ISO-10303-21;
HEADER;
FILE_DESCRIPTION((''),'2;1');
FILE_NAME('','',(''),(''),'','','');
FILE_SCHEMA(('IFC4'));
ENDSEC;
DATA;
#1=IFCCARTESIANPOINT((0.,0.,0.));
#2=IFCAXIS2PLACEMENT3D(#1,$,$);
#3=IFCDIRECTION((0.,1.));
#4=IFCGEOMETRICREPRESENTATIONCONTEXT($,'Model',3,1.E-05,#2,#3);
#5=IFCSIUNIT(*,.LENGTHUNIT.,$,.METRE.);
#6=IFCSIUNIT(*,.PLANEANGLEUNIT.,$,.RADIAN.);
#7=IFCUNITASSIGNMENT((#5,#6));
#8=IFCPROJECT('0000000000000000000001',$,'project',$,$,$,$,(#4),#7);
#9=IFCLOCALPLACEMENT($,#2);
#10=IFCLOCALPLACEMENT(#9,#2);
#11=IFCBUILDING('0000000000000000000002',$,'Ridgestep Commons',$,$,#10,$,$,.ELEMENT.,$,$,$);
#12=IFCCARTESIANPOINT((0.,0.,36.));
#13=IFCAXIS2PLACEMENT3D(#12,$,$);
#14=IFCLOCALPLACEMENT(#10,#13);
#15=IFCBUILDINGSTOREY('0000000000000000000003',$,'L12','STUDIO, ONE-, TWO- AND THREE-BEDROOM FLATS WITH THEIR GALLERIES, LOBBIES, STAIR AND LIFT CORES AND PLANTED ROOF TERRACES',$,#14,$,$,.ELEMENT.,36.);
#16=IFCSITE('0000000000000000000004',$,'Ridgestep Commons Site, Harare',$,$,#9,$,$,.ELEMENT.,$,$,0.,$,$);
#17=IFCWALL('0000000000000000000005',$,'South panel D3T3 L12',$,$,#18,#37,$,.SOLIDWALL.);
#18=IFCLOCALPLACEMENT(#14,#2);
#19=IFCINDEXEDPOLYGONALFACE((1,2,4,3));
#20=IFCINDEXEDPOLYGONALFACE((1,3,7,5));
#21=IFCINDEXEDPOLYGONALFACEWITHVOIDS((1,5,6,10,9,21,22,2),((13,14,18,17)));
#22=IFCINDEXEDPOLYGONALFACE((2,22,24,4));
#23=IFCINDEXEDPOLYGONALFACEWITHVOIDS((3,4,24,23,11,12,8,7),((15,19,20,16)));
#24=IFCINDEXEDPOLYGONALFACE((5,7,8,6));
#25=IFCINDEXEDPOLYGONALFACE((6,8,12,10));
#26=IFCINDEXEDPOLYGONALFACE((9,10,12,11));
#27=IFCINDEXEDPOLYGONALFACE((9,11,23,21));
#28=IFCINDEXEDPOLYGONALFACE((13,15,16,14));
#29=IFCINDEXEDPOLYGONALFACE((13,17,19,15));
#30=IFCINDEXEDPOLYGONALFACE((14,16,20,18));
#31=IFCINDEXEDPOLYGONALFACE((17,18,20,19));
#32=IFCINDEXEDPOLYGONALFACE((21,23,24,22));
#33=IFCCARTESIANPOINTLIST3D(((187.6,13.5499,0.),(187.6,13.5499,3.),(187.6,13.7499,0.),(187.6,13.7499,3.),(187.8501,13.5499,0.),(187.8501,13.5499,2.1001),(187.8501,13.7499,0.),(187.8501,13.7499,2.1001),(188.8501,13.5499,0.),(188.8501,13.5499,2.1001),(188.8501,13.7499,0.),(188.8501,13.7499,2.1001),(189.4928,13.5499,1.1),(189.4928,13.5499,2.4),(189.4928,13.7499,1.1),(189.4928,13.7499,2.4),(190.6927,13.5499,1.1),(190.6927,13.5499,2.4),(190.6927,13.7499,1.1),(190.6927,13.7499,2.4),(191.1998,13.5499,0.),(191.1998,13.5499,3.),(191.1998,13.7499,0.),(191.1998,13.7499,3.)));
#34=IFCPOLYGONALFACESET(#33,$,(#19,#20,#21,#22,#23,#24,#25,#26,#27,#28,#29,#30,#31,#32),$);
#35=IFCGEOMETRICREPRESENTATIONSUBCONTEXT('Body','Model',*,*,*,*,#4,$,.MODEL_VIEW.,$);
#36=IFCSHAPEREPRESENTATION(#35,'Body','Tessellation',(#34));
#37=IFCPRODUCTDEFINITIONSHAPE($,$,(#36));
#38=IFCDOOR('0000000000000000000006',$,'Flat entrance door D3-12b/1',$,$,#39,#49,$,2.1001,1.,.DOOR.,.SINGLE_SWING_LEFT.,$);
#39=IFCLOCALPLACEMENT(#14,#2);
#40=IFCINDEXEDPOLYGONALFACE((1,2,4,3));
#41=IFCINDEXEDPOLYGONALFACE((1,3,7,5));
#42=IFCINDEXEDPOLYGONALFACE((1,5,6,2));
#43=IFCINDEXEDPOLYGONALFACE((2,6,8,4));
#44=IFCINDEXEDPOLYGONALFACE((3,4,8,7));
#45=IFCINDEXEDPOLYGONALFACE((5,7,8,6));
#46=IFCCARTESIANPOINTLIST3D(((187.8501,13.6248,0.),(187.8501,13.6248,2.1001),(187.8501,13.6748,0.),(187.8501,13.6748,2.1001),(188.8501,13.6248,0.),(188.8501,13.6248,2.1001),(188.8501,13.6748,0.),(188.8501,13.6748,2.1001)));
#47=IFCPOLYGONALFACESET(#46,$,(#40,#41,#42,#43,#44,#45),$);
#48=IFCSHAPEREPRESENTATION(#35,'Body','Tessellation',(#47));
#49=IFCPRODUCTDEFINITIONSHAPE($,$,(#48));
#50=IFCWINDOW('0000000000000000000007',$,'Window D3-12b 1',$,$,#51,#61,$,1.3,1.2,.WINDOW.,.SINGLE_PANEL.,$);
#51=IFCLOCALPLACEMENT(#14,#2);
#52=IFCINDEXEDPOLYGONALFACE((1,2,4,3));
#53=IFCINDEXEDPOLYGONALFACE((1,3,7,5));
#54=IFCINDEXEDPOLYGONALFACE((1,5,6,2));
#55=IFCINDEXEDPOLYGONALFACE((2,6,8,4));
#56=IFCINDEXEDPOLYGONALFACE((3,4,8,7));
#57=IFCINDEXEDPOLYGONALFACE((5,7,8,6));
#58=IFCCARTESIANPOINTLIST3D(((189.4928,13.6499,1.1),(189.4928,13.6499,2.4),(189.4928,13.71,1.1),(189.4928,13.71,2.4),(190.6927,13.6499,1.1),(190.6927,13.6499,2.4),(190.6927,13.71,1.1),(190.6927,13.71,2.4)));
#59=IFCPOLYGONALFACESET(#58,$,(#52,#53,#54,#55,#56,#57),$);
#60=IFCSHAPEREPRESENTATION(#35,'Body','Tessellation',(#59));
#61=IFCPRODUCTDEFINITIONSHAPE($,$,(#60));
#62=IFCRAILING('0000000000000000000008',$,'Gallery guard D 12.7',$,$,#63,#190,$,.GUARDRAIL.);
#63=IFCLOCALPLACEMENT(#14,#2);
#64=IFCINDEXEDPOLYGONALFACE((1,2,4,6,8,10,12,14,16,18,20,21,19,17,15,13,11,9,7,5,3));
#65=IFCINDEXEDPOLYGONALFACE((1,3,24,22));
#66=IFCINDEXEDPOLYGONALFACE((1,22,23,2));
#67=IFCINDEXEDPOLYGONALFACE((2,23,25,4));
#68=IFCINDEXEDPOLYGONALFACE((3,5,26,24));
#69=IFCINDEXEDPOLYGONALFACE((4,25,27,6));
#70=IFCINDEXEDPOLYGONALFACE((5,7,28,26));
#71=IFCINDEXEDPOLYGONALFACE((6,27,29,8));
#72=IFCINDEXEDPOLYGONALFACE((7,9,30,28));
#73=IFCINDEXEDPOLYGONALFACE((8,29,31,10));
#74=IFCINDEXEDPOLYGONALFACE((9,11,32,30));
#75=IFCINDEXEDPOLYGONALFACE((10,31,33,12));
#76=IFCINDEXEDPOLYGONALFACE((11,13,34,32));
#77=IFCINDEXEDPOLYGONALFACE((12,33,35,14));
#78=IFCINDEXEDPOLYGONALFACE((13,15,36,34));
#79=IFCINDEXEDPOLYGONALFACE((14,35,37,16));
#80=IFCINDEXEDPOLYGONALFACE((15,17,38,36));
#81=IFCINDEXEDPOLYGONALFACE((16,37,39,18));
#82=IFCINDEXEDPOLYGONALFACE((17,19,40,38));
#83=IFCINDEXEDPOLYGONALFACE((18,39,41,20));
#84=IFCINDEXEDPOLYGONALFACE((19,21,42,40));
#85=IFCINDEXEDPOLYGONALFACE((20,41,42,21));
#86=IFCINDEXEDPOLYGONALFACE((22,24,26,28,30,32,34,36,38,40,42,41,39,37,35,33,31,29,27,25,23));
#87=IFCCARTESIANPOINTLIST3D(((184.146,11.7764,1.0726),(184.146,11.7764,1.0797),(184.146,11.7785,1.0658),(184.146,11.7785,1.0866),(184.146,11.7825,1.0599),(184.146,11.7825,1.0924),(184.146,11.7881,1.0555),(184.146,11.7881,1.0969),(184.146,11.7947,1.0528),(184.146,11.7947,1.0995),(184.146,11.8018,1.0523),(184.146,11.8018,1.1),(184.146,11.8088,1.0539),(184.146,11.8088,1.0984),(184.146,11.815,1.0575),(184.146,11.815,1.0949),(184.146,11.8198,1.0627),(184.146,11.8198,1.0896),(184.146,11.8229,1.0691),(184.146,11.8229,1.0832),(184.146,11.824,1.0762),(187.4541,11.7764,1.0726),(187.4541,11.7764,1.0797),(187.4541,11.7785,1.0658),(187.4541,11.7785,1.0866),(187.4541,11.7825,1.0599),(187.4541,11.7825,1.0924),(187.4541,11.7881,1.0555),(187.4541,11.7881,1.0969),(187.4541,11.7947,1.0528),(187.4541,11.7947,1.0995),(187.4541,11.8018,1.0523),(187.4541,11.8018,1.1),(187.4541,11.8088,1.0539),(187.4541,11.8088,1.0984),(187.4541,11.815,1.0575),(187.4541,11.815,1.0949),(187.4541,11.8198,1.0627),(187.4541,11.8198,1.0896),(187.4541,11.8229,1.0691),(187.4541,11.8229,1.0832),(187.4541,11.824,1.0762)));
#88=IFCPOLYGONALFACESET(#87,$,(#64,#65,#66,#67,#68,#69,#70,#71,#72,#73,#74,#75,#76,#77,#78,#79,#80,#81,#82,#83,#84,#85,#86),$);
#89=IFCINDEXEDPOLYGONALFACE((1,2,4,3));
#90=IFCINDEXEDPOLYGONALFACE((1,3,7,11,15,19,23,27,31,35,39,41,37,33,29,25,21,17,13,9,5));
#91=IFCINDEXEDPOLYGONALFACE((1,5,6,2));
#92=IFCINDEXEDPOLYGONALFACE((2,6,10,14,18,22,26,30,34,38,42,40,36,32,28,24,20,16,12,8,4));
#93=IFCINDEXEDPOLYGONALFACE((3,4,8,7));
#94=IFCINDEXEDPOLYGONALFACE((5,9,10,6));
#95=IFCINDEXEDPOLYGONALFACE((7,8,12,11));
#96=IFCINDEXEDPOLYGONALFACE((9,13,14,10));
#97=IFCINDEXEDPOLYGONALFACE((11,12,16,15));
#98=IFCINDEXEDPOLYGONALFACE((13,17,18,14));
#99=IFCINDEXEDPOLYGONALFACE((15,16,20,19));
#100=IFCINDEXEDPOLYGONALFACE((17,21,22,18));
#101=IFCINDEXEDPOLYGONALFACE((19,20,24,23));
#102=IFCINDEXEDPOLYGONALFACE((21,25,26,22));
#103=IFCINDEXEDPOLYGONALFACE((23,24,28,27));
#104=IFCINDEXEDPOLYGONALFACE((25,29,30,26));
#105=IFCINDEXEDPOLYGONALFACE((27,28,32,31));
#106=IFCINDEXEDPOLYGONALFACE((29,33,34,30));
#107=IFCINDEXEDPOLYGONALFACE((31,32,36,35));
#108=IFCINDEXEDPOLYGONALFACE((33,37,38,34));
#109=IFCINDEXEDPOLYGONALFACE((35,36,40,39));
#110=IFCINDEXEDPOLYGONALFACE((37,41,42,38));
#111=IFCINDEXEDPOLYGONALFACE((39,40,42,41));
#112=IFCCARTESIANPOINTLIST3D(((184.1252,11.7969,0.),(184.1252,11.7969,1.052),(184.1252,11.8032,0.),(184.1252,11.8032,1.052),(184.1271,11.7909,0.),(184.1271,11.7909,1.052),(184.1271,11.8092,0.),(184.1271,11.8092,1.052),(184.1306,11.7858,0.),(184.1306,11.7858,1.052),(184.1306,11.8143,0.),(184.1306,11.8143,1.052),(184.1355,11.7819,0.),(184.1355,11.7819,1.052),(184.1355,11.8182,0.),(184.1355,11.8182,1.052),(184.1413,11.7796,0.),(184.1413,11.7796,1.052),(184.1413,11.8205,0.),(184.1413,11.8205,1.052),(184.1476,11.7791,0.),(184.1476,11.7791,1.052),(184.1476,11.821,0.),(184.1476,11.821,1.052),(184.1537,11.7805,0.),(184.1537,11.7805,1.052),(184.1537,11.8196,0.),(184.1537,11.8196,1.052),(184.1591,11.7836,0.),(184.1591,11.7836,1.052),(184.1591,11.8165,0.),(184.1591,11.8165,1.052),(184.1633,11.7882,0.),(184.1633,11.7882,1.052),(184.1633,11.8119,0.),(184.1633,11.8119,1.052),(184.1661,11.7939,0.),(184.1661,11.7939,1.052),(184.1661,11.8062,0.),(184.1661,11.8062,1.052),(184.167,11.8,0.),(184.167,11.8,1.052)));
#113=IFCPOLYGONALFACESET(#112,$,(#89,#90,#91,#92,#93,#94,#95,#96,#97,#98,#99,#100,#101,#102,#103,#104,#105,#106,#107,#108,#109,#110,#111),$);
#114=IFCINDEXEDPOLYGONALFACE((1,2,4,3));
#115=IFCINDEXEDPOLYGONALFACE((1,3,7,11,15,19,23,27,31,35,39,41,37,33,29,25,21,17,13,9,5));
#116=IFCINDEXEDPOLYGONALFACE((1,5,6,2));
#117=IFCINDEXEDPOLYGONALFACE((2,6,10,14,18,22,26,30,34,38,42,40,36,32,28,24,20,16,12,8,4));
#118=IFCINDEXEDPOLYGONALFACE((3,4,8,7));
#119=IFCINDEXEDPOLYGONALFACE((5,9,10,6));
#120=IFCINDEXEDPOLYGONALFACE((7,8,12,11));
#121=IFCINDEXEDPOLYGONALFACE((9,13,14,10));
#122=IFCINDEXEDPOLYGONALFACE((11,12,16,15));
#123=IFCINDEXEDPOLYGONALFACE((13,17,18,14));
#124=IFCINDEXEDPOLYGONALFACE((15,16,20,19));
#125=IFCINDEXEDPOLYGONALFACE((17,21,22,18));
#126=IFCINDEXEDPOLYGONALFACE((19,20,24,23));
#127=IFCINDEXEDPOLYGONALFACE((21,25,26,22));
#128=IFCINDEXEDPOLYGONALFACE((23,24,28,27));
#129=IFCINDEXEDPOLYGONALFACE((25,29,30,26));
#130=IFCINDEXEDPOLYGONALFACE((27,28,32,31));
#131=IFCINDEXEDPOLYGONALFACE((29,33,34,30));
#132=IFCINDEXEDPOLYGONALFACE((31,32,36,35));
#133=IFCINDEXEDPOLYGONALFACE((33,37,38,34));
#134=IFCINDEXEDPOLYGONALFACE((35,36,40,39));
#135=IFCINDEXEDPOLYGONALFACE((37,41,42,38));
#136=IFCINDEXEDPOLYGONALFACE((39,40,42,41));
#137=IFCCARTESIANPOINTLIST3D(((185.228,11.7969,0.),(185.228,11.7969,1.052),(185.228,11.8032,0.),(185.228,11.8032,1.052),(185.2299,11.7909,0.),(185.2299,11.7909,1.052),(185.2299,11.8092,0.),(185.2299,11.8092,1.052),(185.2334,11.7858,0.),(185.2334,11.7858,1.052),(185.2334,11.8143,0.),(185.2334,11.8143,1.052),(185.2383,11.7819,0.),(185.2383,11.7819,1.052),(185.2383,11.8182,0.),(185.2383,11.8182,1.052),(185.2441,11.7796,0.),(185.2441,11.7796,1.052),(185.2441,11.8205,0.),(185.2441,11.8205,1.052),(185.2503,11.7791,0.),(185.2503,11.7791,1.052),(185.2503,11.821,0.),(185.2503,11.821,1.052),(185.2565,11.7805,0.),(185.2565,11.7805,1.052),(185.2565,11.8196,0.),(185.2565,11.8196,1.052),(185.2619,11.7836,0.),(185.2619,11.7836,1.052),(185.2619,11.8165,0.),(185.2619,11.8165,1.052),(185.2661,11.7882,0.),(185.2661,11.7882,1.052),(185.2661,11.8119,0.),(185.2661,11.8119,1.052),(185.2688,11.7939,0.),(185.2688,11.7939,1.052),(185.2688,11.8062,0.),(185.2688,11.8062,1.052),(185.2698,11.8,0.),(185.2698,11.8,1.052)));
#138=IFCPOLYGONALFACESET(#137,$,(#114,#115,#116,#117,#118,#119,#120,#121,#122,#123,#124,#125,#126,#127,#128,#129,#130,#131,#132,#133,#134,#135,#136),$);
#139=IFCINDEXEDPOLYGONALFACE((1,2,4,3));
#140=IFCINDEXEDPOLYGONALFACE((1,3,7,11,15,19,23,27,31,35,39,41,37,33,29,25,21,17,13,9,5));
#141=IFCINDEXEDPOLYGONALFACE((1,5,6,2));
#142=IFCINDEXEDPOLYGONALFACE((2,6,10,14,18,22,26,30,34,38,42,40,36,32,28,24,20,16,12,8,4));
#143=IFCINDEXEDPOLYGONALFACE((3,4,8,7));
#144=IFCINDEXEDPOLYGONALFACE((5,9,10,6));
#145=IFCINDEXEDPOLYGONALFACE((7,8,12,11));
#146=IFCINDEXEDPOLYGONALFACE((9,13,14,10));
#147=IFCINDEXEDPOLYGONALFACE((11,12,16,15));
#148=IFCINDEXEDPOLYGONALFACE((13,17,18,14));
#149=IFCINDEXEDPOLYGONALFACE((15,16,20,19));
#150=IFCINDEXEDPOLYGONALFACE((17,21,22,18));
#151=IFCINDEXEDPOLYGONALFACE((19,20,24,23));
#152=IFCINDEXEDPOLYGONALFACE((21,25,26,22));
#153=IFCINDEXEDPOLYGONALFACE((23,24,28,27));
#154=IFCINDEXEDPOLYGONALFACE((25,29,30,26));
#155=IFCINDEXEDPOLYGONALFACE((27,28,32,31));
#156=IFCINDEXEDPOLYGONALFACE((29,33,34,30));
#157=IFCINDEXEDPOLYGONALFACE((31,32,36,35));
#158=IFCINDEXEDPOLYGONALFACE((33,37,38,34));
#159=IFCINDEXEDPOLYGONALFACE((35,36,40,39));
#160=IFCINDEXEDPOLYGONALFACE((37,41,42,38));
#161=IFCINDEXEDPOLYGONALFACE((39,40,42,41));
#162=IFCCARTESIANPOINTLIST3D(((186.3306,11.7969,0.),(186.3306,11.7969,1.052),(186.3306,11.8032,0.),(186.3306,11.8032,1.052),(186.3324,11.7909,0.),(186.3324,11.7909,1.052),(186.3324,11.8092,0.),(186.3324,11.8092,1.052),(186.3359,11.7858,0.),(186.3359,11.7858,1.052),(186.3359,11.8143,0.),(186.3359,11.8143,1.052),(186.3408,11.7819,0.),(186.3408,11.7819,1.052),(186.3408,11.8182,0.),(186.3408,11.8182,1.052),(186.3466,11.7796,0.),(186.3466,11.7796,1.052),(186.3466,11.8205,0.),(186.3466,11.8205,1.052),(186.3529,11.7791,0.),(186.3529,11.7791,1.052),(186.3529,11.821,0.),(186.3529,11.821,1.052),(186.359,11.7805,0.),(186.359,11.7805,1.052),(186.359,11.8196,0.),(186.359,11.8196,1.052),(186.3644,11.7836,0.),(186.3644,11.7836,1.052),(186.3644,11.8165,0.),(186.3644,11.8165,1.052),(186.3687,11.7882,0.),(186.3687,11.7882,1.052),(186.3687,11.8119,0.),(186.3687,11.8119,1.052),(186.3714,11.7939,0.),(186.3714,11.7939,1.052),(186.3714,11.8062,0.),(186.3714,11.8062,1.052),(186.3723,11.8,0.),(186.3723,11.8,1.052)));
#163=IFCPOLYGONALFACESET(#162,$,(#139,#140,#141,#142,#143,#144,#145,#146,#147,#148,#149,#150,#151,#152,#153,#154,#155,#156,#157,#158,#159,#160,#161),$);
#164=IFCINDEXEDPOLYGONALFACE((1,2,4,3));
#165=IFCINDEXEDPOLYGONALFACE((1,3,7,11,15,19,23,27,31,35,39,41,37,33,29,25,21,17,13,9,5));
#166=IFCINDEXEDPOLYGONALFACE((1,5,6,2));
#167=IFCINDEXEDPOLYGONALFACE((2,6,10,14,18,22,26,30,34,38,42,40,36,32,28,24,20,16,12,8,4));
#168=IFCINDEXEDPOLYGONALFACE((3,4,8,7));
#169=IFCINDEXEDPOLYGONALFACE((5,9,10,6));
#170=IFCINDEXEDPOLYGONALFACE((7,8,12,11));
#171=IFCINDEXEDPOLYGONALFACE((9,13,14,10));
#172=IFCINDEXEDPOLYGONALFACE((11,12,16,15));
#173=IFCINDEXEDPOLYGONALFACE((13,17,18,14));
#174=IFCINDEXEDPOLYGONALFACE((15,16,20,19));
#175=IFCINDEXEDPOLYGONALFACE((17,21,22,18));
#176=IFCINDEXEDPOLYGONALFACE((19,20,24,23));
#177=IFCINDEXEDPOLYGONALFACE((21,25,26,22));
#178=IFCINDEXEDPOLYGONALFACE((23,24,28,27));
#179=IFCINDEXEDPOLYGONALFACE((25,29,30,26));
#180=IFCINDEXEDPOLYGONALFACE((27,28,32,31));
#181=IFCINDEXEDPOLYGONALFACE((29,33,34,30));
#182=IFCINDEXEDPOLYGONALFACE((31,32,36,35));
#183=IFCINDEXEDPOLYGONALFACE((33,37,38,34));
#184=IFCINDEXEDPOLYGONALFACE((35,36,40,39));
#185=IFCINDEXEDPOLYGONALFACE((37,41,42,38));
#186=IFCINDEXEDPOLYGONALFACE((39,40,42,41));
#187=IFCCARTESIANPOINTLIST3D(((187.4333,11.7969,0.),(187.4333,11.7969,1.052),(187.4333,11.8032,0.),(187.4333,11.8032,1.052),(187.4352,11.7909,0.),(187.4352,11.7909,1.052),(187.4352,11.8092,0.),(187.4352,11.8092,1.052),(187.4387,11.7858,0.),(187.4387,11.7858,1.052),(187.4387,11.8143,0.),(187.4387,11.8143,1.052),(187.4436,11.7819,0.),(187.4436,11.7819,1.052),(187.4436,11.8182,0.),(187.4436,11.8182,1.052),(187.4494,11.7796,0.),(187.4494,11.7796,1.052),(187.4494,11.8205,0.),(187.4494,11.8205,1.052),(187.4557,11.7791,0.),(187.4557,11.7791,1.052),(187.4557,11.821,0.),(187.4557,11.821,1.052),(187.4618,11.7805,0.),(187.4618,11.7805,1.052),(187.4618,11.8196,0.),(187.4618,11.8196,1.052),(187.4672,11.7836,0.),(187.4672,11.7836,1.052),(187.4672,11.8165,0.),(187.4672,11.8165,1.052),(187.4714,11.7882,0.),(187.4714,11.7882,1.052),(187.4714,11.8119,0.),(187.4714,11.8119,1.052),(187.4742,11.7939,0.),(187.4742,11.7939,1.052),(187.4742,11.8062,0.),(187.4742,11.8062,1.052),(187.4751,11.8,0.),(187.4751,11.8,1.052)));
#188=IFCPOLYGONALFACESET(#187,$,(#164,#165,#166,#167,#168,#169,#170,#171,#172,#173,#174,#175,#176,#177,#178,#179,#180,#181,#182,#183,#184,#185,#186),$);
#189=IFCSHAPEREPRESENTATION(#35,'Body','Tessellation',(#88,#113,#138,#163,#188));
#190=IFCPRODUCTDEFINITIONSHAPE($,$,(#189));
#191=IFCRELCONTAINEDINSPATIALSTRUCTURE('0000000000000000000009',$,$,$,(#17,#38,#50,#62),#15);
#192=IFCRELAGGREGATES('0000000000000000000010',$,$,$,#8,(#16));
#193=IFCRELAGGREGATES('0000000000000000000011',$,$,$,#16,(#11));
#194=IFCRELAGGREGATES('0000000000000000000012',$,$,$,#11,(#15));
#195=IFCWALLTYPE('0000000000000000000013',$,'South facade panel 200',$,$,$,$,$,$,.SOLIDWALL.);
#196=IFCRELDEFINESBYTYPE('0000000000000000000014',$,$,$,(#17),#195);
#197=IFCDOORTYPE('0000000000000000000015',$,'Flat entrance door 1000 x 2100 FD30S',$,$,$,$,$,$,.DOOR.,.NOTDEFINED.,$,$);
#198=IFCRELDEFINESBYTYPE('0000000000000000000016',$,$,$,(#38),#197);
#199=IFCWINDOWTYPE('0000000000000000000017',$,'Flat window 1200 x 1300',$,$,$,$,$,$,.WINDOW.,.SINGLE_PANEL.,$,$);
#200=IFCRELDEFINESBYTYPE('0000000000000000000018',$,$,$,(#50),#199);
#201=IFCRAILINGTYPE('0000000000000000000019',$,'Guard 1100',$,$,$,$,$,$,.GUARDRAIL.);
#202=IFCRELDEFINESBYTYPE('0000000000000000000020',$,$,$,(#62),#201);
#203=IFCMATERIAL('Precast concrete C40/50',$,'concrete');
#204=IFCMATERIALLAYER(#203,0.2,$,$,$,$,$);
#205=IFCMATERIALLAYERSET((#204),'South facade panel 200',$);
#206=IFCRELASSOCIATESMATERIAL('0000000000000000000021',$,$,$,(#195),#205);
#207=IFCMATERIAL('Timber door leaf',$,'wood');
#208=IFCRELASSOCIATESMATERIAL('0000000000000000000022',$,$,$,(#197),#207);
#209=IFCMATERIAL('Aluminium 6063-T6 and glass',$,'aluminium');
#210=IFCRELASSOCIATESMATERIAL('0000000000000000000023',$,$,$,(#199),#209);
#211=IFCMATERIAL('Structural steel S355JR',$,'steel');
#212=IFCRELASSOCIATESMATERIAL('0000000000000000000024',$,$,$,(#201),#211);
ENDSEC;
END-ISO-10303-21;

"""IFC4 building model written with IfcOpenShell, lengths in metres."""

from ifc_helpers import new_model, si_unit, direction, frame, frame_2d, origin, origin_2d, place, context, subcontext, project, spatial, rectangle, circle, extrude, material, layer, layer_set, type_object, element, fill, save


model = new_model("IFC4")

# Units and contexts
model_context = context("Model", 3, precision=1e-05, world=origin(), true_north=direction((0.0, 1.0)))
body_context = subcontext(model_context, "Body", "Model", "MODEL_VIEW")
ifc_project = project(units=[si_unit("LENGTHUNIT", "METRE"), si_unit("PLANEANGLEUNIT", "RADIAN")], contexts=[model_context])

# Site, building, storey
site_placement = place(None, origin())
site = spatial("IfcSite", under=ifc_project, at=site_placement, Name="Ridgestep Commons Site, Harare", CompositionType="ELEMENT", RefElevation=0.0)
building_placement = place(site_placement, origin())
building = spatial("IfcBuilding", under=site, at=building_placement, Name="Ridgestep Commons", CompositionType="ELEMENT")
storey_placement = place(building_placement, frame((0.0, 0.0, 36.0)))
storey = spatial("IfcBuildingStorey", under=building, at=storey_placement, Name="L12", Description="STUDIO, ONE-, TWO- AND THREE-BEDROOM FLATS WITH THEIR GALLERIES, LOBBIES, STAIR AND LIFT CORES AND PLANTED ROOF TERRACES", CompositionType="ELEMENT", Elevation=36.0)

# Wall, openings, door, window
ifc_material_1 = material(Name="Precast concrete C40/50", Category="concrete")
ifc_layer_1 = layer(ifc_material_1, 0.2)
ifc_layer_set_1 = layer_set([ifc_layer_1], Name="South facade panel 200")
wall_type_1 = type_object("IfcWallType", Name="South facade panel 200", PredefinedType="SOLIDWALL", material=ifc_layer_set_1)
ifc_material_2 = material(Name="Timber door leaf", Category="wood")
door_type_1 = type_object("IfcDoorType", Name="Flat entrance door 1000 x 2100 FD30S", OperationType="NOTDEFINED", PredefinedType="DOOR", material=ifc_material_2)
ifc_material_3 = material(Name="Aluminium 6063-T6 and glass", Category="aluminium")
window_type_1 = type_object("IfcWindowType", Name="Flat window 1200 x 1300", PartitioningType="SINGLE_PANEL", PredefinedType="WINDOW", material=ifc_material_3)
wall_1_placement = place(storey_placement, frame((187.6001, 13.6499, 0.0), z_axis=(0.0, 0.0, 1.0), x_axis=(1.0, 0.0, 0.0)))
wall_1 = element("IfcWall", 1, at=wall_1_placement, inside=storey, type_object=wall_type_1, Name="South panel D3T3 L12", PredefinedType="SOLIDWALL", context=body_context, shape_type="SweptSolid", body=[
    extrude(rectangle(XDim=3.5999, YDim=0.2, at=frame_2d((1.7998, 0.0))), origin(), (0.0, 0.0, 1.0), 3.0),
])
opening_1_placement = place(wall_1_placement, frame((1.8926, 0.0, 1.1001)))
opening_1 = element("IfcOpeningElement", 2, at=opening_1_placement, cuts=wall_1, PredefinedType="OPENING", context=body_context, shape_type="SweptSolid", body=[
    extrude(rectangle(XDim=1.2, YDim=1.3, at=frame_2d((0.6001, 0.6499))), frame((0.0, 0.1099, 0.0), z_axis=(0.0, -1.0, 0.0), x_axis=(1.0, 0.0, 0.0)), (0.0, 0.0, 1.0), 0.22),
])
opening_2_placement = place(wall_1_placement, frame((0.25, 0.0, 0.0)))
opening_2 = element("IfcOpeningElement", 3, at=opening_2_placement, cuts=wall_1, PredefinedType="OPENING", context=body_context, shape_type="SweptSolid", body=[
    extrude(rectangle(XDim=1.0, YDim=2.1001, at=frame_2d((0.5, 1.05))), frame((0.0, 0.1099, 0.0), z_axis=(0.0, -1.0, 0.0), x_axis=(1.0, 0.0, 0.0)), (0.0, 0.0, 1.0), 0.22),
])
door_1_placement = place(opening_2_placement, origin())
door_1 = element("IfcDoor", 4, at=door_1_placement, inside=storey, type_object=door_type_1, Name="Flat entrance door D3-12b/1", OperationType="SINGLE_SWING_LEFT", OverallHeight=2.1001, OverallWidth=1.0, PredefinedType="DOOR", context=body_context, shape_type="SweptSolid", body=[
    extrude(rectangle(XDim=1.0, YDim=2.1001, at=frame_2d((0.5, 1.05))), frame((0.0, 0.0249, 0.0), z_axis=(0.0, -1.0, 0.0), x_axis=(1.0, 0.0, 0.0)), (0.0, 0.0, 1.0), 0.05),
])
fill(opening_2, door_1)
window_1_placement = place(opening_1_placement, origin())
window_1 = element("IfcWindow", 5, at=window_1_placement, inside=storey, type_object=window_type_1, Name="Window D3-12b 1", OverallHeight=1.3, OverallWidth=1.2, PartitioningType="SINGLE_PANEL", PredefinedType="WINDOW", context=body_context, shape_type="SweptSolid", body=[
    extrude(rectangle(XDim=1.2, YDim=1.3, at=frame_2d((0.6001, 0.6499))), frame((0.0, 0.0601, 0.0), z_axis=(0.0, -1.0, 0.0), x_axis=(1.0, 0.0, 0.0)), (0.0, 0.0, 1.0), 0.0601),
])
fill(opening_1, window_1)

# Railing
ifc_material_4 = material(Name="Structural steel S355JR", Category="steel")
railing_type = type_object("IfcRailingType", Name="Guard 1100", PredefinedType="GUARDRAIL", material=ifc_material_4)
railing_1_placement = place(storey_placement, frame((184.146, 11.8, 0.0)))
element("IfcRailing", 6, at=railing_1_placement, inside=storey, type_object=railing_type, Name="Gallery guard D 12.7", PredefinedType="GUARDRAIL", context=body_context, shape_type="SweptSolid", body=[
    extrude(circle(Radius=0.0239, at=origin_2d()), frame((0.0, 0.0, 1.0762), z_axis=(1.0, 0.0, 0.0), x_axis=(0.0, 1.0, 0.0)), (0.0, 0.0, 1.0), 3.3081),
    extrude(circle(Radius=0.021, at=origin_2d()), origin(), (0.0, 0.0, 1.0), 1.052),
    extrude(circle(Radius=0.021, at=origin_2d()), frame((1.1028, 0.0, 0.0)), (0.0, 0.0, 1.0), 1.052),
    extrude(circle(Radius=0.021, at=origin_2d()), frame((2.2053, 0.0, 0.0)), (0.0, 0.0, 1.0), 1.052),
    extrude(circle(Radius=0.021, at=origin_2d()), frame((3.3081, 0.0, 0.0)), (0.0, 0.0, 1.0), 1.052),
])

save(model, "model.ifc")
